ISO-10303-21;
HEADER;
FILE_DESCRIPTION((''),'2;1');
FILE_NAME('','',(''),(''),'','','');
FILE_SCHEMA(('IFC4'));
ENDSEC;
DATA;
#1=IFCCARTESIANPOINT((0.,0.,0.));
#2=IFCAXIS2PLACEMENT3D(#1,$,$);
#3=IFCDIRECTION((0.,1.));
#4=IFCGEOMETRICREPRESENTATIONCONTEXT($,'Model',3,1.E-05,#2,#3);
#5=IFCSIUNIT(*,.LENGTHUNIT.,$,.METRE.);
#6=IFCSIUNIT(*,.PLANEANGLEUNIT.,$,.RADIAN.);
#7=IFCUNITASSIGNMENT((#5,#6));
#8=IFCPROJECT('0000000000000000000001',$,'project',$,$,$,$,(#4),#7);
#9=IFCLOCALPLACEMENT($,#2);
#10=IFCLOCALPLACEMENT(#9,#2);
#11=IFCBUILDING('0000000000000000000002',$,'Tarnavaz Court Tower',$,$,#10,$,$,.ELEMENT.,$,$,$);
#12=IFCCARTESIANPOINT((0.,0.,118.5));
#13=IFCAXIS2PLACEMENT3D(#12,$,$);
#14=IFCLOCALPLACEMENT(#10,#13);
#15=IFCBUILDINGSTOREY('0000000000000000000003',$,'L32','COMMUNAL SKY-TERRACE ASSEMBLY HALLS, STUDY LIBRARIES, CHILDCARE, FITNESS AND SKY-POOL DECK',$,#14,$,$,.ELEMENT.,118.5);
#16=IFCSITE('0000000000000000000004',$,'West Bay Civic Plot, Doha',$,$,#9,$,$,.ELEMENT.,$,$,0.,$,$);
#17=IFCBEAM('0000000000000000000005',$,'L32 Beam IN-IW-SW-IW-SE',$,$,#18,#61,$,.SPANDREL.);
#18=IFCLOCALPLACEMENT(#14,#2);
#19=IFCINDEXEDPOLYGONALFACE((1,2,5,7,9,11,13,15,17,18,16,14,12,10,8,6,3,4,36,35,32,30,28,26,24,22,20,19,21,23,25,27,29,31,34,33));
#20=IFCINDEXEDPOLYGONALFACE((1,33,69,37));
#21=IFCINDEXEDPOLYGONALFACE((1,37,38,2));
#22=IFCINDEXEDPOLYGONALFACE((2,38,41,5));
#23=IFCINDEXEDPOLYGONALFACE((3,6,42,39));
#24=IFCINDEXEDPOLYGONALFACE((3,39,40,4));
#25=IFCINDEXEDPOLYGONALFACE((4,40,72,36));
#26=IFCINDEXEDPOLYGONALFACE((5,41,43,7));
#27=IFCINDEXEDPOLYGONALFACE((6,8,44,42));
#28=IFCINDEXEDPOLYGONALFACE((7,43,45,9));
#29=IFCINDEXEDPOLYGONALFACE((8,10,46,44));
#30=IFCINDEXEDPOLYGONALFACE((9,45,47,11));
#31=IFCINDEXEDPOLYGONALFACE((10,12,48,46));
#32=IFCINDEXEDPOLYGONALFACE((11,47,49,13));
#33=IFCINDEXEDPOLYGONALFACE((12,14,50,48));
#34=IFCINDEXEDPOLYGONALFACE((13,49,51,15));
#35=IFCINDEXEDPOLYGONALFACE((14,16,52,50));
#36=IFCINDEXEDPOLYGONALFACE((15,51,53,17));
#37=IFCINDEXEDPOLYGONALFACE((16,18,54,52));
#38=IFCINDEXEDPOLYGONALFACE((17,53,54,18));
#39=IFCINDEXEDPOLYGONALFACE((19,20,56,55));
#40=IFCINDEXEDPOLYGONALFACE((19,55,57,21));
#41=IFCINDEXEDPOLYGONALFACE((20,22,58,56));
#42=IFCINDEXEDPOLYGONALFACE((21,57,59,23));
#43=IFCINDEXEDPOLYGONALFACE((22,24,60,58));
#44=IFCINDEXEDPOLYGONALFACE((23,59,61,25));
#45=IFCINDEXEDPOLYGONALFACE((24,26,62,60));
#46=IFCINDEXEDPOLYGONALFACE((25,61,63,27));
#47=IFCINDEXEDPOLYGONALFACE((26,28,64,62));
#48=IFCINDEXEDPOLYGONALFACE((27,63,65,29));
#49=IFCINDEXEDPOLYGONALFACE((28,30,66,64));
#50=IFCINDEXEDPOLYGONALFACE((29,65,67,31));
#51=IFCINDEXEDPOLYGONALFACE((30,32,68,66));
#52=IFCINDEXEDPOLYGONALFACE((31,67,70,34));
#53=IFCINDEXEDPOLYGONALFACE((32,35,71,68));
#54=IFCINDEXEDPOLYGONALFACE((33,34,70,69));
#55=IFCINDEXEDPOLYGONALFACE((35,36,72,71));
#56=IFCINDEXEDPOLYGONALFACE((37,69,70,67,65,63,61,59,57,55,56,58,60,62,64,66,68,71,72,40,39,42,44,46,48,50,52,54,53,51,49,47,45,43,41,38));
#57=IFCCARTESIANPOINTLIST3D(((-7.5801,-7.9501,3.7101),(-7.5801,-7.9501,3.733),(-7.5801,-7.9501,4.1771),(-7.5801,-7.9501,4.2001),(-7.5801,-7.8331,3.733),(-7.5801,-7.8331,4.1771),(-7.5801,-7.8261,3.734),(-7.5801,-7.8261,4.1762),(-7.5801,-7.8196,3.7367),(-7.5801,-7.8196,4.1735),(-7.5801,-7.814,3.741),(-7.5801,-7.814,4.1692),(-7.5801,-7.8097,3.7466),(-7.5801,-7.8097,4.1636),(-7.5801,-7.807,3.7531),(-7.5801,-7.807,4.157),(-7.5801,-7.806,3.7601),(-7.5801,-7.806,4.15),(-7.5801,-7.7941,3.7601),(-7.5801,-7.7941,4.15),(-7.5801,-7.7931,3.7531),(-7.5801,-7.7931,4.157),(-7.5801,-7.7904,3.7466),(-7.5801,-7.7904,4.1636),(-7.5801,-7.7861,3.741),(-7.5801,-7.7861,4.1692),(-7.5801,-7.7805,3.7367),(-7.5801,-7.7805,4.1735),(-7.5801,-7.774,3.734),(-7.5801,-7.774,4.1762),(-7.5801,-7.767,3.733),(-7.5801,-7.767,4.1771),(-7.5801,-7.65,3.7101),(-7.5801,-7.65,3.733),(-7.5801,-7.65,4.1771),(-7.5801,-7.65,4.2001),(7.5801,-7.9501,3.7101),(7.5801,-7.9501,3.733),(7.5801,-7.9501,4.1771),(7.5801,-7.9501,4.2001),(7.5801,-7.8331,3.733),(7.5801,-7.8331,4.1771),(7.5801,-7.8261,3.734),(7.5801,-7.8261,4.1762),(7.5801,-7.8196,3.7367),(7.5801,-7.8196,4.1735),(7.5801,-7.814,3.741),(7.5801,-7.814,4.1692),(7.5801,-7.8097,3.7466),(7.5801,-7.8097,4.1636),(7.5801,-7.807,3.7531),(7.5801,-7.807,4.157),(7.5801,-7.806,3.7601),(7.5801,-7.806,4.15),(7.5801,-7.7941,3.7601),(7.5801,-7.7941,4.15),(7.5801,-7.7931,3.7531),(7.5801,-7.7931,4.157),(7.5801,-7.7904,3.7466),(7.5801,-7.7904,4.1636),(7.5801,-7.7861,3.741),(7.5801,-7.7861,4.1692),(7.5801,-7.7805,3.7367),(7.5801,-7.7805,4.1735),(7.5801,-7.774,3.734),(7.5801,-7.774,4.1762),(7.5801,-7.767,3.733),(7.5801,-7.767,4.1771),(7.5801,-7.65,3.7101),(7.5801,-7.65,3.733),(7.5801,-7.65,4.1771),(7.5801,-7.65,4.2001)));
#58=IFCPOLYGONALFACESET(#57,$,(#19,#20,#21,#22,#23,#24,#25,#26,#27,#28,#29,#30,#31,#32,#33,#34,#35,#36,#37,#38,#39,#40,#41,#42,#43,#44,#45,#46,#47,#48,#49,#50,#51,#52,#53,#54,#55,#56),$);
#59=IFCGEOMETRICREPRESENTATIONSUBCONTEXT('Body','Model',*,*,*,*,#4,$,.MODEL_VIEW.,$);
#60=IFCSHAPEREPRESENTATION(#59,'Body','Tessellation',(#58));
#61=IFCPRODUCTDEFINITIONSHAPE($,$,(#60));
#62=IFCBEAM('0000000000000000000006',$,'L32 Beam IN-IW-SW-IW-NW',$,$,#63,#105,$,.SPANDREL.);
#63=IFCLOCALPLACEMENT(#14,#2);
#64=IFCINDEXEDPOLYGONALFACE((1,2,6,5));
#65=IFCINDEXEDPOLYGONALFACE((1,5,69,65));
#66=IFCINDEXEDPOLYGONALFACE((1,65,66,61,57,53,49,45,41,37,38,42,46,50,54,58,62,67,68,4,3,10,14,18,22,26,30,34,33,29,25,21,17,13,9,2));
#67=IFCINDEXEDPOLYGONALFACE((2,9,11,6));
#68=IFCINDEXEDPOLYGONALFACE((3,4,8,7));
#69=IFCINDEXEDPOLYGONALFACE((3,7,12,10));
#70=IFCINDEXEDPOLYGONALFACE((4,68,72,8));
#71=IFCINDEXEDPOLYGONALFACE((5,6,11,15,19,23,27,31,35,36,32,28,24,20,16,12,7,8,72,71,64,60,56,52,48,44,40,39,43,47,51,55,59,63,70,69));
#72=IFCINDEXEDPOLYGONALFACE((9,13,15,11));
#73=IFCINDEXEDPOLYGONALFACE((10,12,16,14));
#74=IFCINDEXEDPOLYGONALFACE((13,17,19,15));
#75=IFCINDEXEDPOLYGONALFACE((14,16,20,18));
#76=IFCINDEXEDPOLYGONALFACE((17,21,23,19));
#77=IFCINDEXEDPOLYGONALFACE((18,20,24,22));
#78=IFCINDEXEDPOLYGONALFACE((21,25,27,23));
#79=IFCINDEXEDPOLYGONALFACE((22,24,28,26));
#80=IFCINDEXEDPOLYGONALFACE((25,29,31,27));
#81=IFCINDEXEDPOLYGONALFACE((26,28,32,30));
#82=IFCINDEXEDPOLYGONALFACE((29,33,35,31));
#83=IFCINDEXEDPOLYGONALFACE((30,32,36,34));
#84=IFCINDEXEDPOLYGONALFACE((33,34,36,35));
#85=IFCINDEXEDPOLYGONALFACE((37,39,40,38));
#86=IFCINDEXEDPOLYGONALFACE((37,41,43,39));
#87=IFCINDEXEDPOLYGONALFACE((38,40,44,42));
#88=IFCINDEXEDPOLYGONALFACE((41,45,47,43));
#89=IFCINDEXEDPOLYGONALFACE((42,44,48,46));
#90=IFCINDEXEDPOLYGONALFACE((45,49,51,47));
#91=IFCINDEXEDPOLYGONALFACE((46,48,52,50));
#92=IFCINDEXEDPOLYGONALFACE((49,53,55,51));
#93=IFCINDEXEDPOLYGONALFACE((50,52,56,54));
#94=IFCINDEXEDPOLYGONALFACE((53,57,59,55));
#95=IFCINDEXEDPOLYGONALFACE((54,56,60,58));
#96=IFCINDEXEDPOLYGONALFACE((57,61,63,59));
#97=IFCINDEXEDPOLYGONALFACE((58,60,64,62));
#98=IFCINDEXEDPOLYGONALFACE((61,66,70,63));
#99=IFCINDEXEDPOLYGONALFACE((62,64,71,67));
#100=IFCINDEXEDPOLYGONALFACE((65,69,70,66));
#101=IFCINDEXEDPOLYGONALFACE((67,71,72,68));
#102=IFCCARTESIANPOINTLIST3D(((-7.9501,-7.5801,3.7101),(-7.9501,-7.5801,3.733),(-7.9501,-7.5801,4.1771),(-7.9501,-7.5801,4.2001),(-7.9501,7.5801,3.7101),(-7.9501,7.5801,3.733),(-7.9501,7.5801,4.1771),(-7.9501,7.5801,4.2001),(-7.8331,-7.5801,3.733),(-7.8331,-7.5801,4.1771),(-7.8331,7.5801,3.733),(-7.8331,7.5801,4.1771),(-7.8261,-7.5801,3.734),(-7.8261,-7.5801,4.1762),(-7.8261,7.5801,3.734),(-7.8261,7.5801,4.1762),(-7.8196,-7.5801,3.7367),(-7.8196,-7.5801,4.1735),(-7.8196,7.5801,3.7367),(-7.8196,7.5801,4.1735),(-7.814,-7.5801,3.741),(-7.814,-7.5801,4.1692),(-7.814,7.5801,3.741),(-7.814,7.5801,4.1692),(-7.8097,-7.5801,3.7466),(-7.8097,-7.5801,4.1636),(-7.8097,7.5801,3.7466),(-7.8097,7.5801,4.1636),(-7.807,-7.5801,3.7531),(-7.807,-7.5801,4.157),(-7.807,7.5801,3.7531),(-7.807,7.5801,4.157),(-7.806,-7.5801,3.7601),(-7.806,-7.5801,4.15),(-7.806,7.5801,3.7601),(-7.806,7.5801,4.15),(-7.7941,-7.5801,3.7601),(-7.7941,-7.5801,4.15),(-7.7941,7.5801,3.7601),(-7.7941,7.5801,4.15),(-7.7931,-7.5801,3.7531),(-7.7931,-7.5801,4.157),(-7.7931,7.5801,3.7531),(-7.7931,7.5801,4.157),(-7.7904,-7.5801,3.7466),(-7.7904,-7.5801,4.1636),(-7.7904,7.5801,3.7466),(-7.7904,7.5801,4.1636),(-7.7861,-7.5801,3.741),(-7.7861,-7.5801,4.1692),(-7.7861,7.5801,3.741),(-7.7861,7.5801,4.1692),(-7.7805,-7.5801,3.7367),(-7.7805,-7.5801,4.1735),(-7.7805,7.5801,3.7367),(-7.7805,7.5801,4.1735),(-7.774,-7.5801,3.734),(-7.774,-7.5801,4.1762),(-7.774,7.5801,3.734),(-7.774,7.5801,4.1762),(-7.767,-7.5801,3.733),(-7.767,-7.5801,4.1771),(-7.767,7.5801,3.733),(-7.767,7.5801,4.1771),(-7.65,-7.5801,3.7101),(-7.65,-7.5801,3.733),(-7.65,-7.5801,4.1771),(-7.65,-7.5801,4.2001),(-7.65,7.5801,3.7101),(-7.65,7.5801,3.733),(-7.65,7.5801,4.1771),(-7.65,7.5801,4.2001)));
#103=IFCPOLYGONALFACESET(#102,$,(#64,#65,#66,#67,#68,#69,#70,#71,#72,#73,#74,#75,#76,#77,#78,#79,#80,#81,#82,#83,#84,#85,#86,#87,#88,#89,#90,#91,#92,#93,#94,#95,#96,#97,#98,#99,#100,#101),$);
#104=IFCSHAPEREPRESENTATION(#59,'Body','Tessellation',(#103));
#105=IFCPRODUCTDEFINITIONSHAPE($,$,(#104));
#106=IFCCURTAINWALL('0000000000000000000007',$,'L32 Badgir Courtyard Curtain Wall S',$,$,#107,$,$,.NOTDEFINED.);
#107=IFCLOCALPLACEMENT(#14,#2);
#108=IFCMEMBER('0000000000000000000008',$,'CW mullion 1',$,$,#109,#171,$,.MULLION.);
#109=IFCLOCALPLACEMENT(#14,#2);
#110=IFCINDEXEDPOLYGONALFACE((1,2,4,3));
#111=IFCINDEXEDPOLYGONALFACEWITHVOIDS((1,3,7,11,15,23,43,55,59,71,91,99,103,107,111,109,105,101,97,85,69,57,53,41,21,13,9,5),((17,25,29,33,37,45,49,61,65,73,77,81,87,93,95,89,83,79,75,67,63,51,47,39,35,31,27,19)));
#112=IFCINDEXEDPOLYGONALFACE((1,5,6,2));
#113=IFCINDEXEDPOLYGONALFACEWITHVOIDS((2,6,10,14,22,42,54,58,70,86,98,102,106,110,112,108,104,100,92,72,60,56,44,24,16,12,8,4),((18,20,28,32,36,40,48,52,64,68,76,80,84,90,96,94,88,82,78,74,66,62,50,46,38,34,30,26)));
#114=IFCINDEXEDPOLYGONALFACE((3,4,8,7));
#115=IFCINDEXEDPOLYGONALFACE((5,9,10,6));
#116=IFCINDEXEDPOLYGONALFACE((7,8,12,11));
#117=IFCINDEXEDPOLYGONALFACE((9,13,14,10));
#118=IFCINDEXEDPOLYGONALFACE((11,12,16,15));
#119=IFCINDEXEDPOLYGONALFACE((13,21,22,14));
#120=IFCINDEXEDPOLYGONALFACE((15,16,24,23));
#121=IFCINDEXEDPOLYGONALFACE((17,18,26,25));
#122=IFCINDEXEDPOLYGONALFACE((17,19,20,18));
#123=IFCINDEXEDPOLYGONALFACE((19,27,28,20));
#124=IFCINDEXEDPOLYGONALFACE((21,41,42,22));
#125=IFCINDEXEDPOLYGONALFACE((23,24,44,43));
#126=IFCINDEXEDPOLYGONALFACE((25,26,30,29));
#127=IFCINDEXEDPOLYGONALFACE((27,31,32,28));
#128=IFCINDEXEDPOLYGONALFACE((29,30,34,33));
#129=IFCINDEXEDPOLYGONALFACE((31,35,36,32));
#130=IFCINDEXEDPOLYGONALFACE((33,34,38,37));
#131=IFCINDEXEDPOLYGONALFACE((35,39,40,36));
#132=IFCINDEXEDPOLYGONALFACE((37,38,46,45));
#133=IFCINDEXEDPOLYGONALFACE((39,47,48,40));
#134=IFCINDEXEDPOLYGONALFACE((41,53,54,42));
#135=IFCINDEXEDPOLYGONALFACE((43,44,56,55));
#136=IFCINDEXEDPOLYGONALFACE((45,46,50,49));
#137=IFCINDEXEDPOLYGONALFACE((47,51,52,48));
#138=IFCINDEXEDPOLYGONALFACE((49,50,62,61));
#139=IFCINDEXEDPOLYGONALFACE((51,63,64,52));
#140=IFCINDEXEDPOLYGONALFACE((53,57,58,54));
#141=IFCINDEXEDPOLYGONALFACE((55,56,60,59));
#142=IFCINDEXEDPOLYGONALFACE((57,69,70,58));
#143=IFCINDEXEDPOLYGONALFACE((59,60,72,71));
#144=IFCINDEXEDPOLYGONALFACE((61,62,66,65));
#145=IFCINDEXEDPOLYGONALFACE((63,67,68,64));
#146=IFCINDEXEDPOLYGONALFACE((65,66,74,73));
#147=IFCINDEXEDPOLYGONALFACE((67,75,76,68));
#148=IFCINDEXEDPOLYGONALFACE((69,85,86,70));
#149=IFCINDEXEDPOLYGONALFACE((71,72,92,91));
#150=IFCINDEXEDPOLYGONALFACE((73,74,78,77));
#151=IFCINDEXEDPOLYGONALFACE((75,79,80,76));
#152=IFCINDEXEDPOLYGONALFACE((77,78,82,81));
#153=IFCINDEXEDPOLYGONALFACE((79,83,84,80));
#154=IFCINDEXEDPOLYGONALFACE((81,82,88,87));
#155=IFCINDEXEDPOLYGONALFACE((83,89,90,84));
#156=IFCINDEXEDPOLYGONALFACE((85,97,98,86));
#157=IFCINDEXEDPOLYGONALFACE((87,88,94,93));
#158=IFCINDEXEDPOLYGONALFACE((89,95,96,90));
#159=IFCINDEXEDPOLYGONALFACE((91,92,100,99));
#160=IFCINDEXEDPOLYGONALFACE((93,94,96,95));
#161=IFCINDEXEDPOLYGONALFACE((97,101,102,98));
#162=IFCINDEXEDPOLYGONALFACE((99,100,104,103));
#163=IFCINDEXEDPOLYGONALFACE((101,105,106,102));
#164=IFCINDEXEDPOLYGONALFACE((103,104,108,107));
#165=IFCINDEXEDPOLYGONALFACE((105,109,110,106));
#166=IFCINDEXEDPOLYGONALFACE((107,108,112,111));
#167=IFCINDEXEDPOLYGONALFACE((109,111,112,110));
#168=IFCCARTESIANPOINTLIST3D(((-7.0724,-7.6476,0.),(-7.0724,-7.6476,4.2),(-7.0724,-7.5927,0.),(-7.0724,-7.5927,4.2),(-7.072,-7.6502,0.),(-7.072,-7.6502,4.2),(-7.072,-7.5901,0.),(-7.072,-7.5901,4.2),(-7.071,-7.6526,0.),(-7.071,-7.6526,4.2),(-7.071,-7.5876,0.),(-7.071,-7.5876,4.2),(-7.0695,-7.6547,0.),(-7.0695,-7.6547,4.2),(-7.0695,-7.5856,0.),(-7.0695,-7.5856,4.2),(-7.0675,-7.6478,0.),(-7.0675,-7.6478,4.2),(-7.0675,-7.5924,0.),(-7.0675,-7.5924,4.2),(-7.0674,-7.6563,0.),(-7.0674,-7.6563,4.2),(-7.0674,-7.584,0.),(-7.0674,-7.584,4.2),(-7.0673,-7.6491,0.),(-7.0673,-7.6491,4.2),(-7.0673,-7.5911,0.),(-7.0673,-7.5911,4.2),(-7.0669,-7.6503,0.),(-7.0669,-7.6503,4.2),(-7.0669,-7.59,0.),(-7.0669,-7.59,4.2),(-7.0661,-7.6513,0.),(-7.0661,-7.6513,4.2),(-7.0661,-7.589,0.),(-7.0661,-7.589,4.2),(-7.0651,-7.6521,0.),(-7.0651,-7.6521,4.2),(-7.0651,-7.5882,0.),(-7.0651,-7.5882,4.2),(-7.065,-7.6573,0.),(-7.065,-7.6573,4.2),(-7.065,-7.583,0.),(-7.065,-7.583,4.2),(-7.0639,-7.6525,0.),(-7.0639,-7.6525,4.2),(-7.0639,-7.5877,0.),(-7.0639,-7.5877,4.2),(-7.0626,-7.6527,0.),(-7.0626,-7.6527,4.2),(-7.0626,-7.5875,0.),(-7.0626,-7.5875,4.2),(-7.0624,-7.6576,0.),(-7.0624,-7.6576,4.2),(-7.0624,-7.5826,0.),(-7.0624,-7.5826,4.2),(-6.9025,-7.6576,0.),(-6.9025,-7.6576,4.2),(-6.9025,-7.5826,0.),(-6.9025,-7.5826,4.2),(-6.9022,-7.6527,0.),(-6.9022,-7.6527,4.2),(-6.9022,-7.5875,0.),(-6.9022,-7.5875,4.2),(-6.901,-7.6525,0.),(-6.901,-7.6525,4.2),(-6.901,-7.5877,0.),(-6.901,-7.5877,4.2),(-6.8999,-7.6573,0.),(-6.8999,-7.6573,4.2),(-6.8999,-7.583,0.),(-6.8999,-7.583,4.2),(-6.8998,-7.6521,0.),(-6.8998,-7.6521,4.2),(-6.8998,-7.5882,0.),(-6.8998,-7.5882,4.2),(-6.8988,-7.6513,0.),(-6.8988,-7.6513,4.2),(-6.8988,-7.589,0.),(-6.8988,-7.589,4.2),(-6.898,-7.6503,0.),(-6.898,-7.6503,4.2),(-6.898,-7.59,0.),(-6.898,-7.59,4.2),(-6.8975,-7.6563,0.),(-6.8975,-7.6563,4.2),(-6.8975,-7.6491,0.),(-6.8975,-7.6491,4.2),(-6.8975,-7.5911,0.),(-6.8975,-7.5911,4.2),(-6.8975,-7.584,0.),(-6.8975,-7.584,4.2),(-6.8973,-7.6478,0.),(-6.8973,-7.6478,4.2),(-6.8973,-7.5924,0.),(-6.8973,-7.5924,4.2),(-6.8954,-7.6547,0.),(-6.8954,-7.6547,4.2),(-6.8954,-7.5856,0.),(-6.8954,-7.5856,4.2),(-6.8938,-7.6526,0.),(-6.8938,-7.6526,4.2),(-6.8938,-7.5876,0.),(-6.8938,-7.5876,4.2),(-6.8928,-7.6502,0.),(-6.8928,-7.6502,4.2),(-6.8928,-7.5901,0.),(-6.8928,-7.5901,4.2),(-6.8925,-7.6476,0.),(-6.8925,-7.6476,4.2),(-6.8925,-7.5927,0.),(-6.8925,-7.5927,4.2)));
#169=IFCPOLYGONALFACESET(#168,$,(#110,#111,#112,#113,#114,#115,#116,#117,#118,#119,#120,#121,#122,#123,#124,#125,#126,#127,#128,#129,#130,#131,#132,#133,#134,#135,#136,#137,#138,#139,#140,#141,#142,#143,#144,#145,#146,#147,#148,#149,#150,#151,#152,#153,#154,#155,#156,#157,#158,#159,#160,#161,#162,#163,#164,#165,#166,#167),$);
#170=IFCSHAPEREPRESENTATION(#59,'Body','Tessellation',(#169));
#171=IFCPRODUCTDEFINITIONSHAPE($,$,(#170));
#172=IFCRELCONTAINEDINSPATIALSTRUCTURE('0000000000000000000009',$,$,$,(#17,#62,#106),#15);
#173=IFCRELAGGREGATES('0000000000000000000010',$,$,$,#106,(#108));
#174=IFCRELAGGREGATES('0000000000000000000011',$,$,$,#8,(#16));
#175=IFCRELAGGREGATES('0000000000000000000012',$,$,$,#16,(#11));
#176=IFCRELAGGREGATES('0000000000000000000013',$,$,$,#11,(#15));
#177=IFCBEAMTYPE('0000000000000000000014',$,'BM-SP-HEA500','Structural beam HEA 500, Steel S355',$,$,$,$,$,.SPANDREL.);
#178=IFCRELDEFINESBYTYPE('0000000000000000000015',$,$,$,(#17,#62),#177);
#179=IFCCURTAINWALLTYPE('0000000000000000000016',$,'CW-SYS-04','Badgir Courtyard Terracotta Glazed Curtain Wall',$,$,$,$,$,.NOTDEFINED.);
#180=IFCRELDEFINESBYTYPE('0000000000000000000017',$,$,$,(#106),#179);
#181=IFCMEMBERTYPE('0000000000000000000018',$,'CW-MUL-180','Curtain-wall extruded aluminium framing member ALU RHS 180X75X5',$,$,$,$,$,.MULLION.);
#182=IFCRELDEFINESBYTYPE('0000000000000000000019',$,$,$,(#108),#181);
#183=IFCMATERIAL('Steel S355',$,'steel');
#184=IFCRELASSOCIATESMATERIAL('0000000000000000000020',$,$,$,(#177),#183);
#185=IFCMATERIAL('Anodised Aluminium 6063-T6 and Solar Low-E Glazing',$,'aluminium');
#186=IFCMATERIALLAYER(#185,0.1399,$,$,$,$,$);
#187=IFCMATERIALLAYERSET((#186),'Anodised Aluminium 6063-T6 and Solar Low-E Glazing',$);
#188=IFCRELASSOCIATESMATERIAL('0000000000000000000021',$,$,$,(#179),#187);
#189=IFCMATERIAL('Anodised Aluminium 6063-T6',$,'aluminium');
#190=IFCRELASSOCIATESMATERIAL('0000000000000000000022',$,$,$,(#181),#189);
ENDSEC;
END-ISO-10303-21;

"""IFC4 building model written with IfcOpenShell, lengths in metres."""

from ifc_helpers import new_model, si_unit, direction, frame, origin, origin_2d, place, context, subcontext, project, spatial, hollow_rectangle, i_section, extrude, material, layer, layer_set, material_profile, profile_set, type_object, element, aggregate, save


model = new_model("IFC4")

# Units and contexts
model_context = context("Model", 3, precision=1e-05, world=origin(), true_north=direction((0.0, 1.0)))
body_context = subcontext(model_context, "Body", "Model", "MODEL_VIEW")
ifc_project = project(units=[si_unit("LENGTHUNIT", "METRE"), si_unit("PLANEANGLEUNIT", "RADIAN")], contexts=[model_context])

# Site, building, storey
site_placement = place(None, origin())
site = spatial("IfcSite", under=ifc_project, at=site_placement, Name="West Bay Civic Plot, Doha", CompositionType="ELEMENT", RefElevation=0.0)
building_placement = place(site_placement, origin())
building = spatial("IfcBuilding", under=site, at=building_placement, Name="Tarnavaz Court Tower", CompositionType="ELEMENT")
storey_placement = place(building_placement, frame((0.0, 0.0, 118.5)))
storey = spatial("IfcBuildingStorey", under=building, at=storey_placement, Name="L32", Description="COMMUNAL SKY-TERRACE ASSEMBLY HALLS, STUDY LIBRARIES, CHILDCARE, FITNESS AND SKY-POOL DECK", CompositionType="ELEMENT", Elevation=118.5)

# Beams
ifc_material_1 = material(Name="Steel S355", Category="steel")
ifc_material_profile_1 = material_profile(ifc_material_1, i_section(OverallWidth=0.3, OverallDepth=0.49, WebThickness=0.012, FlangeThickness=0.0229, FilletRadius=0.0271, at=origin_2d()), Name="HEA 500")
ifc_profile_set_1 = profile_set([ifc_material_profile_1], Name="Steel S355")
beam_type_1 = type_object("IfcBeamType", Name="BM-SP-HEA500", Description="Structural beam HEA 500, Steel S355", PredefinedType="SPANDREL", material=ifc_profile_set_1)
for number, where, z_axis, x_axis, name in (
    (1, (-7.5801, -7.8, 3.9551), (1.0, 0.0, 0.0), (0.0, 1.0, 0.0), "L32 Beam IN-IW-SW-IW-SE"),
    (2, (-7.8, -7.5801, 3.9551), (0.0, 1.0, 0.0), (-1.0, 0.0, 0.0), "L32 Beam IN-IW-SW-IW-NW"),
):
    element("IfcBeam", number, at=place(storey_placement, frame(where, z_axis=z_axis, x_axis=x_axis)), inside=storey, type_object=beam_type_1, Name=name, PredefinedType="SPANDREL", context=body_context, shape_type="SweptSolid", body=[
        extrude(i_section(OverallWidth=0.3, OverallDepth=0.49, WebThickness=0.012, FlangeThickness=0.0229, FilletRadius=0.0271, at=origin_2d()), origin(), (0.0, 0.0, 1.0), 15.1602),
    ])

# Curtain wall, member
ifc_material_2 = material(Name="Anodised Aluminium 6063-T6 and Solar Low-E Glazing", Category="aluminium")
ifc_layer_1 = layer(ifc_material_2, 0.1399)
ifc_layer_set_1 = layer_set([ifc_layer_1], Name="Anodised Aluminium 6063-T6 and Solar Low-E Glazing")
curtain_wall_type = type_object("IfcCurtainWallType", Name="CW-SYS-04", Description="Badgir Courtyard Terracotta Glazed Curtain Wall", PredefinedType="NOTDEFINED", material=ifc_layer_set_1)
curtain_wall_placement = place(storey_placement, origin())
curtain_wall = element("IfcCurtainWall", 3, at=curtain_wall_placement, inside=storey, type_object=curtain_wall_type, Name="L32 Badgir Courtyard Curtain Wall S", PredefinedType="NOTDEFINED")
ifc_material_3 = material(Name="Anodised Aluminium 6063-T6", Category="aluminium")
ifc_material_profile_2 = material_profile(ifc_material_3, hollow_rectangle(XDim=0.075, YDim=0.1799, WallThickness=0.0049, InnerFilletRadius=0.0049, OuterFilletRadius=0.01, at=origin_2d()), Name="ALU RHS 180X75X5")
ifc_profile_set_2 = profile_set([ifc_material_profile_2], Name="Anodised Aluminium 6063-T6")
member_type_1 = type_object("IfcMemberType", Name="CW-MUL-180", Description="Curtain-wall extruded aluminium framing member ALU RHS 180X75X5", PredefinedType="MULLION", material=ifc_profile_set_2)
member_1_placement = place(storey_placement, frame((-6.9824, -7.6201, 0.0), z_axis=(0.0, 0.0, 1.0), x_axis=(0.0, 1.0, 0.0)))
member_1 = element("IfcMember", 4, at=member_1_placement, type_object=member_type_1, Name="CW mullion 1", PredefinedType="MULLION", context=body_context, shape_type="SweptSolid", body=[
    extrude(hollow_rectangle(XDim=0.075, YDim=0.1799, WallThickness=0.0049, InnerFilletRadius=0.0049, OuterFilletRadius=0.01, at=origin_2d()), origin(), (0.0, 0.0, 1.0), 4.2),
])
aggregate(curtain_wall, [member_1])

save(model, "model.ifc")
